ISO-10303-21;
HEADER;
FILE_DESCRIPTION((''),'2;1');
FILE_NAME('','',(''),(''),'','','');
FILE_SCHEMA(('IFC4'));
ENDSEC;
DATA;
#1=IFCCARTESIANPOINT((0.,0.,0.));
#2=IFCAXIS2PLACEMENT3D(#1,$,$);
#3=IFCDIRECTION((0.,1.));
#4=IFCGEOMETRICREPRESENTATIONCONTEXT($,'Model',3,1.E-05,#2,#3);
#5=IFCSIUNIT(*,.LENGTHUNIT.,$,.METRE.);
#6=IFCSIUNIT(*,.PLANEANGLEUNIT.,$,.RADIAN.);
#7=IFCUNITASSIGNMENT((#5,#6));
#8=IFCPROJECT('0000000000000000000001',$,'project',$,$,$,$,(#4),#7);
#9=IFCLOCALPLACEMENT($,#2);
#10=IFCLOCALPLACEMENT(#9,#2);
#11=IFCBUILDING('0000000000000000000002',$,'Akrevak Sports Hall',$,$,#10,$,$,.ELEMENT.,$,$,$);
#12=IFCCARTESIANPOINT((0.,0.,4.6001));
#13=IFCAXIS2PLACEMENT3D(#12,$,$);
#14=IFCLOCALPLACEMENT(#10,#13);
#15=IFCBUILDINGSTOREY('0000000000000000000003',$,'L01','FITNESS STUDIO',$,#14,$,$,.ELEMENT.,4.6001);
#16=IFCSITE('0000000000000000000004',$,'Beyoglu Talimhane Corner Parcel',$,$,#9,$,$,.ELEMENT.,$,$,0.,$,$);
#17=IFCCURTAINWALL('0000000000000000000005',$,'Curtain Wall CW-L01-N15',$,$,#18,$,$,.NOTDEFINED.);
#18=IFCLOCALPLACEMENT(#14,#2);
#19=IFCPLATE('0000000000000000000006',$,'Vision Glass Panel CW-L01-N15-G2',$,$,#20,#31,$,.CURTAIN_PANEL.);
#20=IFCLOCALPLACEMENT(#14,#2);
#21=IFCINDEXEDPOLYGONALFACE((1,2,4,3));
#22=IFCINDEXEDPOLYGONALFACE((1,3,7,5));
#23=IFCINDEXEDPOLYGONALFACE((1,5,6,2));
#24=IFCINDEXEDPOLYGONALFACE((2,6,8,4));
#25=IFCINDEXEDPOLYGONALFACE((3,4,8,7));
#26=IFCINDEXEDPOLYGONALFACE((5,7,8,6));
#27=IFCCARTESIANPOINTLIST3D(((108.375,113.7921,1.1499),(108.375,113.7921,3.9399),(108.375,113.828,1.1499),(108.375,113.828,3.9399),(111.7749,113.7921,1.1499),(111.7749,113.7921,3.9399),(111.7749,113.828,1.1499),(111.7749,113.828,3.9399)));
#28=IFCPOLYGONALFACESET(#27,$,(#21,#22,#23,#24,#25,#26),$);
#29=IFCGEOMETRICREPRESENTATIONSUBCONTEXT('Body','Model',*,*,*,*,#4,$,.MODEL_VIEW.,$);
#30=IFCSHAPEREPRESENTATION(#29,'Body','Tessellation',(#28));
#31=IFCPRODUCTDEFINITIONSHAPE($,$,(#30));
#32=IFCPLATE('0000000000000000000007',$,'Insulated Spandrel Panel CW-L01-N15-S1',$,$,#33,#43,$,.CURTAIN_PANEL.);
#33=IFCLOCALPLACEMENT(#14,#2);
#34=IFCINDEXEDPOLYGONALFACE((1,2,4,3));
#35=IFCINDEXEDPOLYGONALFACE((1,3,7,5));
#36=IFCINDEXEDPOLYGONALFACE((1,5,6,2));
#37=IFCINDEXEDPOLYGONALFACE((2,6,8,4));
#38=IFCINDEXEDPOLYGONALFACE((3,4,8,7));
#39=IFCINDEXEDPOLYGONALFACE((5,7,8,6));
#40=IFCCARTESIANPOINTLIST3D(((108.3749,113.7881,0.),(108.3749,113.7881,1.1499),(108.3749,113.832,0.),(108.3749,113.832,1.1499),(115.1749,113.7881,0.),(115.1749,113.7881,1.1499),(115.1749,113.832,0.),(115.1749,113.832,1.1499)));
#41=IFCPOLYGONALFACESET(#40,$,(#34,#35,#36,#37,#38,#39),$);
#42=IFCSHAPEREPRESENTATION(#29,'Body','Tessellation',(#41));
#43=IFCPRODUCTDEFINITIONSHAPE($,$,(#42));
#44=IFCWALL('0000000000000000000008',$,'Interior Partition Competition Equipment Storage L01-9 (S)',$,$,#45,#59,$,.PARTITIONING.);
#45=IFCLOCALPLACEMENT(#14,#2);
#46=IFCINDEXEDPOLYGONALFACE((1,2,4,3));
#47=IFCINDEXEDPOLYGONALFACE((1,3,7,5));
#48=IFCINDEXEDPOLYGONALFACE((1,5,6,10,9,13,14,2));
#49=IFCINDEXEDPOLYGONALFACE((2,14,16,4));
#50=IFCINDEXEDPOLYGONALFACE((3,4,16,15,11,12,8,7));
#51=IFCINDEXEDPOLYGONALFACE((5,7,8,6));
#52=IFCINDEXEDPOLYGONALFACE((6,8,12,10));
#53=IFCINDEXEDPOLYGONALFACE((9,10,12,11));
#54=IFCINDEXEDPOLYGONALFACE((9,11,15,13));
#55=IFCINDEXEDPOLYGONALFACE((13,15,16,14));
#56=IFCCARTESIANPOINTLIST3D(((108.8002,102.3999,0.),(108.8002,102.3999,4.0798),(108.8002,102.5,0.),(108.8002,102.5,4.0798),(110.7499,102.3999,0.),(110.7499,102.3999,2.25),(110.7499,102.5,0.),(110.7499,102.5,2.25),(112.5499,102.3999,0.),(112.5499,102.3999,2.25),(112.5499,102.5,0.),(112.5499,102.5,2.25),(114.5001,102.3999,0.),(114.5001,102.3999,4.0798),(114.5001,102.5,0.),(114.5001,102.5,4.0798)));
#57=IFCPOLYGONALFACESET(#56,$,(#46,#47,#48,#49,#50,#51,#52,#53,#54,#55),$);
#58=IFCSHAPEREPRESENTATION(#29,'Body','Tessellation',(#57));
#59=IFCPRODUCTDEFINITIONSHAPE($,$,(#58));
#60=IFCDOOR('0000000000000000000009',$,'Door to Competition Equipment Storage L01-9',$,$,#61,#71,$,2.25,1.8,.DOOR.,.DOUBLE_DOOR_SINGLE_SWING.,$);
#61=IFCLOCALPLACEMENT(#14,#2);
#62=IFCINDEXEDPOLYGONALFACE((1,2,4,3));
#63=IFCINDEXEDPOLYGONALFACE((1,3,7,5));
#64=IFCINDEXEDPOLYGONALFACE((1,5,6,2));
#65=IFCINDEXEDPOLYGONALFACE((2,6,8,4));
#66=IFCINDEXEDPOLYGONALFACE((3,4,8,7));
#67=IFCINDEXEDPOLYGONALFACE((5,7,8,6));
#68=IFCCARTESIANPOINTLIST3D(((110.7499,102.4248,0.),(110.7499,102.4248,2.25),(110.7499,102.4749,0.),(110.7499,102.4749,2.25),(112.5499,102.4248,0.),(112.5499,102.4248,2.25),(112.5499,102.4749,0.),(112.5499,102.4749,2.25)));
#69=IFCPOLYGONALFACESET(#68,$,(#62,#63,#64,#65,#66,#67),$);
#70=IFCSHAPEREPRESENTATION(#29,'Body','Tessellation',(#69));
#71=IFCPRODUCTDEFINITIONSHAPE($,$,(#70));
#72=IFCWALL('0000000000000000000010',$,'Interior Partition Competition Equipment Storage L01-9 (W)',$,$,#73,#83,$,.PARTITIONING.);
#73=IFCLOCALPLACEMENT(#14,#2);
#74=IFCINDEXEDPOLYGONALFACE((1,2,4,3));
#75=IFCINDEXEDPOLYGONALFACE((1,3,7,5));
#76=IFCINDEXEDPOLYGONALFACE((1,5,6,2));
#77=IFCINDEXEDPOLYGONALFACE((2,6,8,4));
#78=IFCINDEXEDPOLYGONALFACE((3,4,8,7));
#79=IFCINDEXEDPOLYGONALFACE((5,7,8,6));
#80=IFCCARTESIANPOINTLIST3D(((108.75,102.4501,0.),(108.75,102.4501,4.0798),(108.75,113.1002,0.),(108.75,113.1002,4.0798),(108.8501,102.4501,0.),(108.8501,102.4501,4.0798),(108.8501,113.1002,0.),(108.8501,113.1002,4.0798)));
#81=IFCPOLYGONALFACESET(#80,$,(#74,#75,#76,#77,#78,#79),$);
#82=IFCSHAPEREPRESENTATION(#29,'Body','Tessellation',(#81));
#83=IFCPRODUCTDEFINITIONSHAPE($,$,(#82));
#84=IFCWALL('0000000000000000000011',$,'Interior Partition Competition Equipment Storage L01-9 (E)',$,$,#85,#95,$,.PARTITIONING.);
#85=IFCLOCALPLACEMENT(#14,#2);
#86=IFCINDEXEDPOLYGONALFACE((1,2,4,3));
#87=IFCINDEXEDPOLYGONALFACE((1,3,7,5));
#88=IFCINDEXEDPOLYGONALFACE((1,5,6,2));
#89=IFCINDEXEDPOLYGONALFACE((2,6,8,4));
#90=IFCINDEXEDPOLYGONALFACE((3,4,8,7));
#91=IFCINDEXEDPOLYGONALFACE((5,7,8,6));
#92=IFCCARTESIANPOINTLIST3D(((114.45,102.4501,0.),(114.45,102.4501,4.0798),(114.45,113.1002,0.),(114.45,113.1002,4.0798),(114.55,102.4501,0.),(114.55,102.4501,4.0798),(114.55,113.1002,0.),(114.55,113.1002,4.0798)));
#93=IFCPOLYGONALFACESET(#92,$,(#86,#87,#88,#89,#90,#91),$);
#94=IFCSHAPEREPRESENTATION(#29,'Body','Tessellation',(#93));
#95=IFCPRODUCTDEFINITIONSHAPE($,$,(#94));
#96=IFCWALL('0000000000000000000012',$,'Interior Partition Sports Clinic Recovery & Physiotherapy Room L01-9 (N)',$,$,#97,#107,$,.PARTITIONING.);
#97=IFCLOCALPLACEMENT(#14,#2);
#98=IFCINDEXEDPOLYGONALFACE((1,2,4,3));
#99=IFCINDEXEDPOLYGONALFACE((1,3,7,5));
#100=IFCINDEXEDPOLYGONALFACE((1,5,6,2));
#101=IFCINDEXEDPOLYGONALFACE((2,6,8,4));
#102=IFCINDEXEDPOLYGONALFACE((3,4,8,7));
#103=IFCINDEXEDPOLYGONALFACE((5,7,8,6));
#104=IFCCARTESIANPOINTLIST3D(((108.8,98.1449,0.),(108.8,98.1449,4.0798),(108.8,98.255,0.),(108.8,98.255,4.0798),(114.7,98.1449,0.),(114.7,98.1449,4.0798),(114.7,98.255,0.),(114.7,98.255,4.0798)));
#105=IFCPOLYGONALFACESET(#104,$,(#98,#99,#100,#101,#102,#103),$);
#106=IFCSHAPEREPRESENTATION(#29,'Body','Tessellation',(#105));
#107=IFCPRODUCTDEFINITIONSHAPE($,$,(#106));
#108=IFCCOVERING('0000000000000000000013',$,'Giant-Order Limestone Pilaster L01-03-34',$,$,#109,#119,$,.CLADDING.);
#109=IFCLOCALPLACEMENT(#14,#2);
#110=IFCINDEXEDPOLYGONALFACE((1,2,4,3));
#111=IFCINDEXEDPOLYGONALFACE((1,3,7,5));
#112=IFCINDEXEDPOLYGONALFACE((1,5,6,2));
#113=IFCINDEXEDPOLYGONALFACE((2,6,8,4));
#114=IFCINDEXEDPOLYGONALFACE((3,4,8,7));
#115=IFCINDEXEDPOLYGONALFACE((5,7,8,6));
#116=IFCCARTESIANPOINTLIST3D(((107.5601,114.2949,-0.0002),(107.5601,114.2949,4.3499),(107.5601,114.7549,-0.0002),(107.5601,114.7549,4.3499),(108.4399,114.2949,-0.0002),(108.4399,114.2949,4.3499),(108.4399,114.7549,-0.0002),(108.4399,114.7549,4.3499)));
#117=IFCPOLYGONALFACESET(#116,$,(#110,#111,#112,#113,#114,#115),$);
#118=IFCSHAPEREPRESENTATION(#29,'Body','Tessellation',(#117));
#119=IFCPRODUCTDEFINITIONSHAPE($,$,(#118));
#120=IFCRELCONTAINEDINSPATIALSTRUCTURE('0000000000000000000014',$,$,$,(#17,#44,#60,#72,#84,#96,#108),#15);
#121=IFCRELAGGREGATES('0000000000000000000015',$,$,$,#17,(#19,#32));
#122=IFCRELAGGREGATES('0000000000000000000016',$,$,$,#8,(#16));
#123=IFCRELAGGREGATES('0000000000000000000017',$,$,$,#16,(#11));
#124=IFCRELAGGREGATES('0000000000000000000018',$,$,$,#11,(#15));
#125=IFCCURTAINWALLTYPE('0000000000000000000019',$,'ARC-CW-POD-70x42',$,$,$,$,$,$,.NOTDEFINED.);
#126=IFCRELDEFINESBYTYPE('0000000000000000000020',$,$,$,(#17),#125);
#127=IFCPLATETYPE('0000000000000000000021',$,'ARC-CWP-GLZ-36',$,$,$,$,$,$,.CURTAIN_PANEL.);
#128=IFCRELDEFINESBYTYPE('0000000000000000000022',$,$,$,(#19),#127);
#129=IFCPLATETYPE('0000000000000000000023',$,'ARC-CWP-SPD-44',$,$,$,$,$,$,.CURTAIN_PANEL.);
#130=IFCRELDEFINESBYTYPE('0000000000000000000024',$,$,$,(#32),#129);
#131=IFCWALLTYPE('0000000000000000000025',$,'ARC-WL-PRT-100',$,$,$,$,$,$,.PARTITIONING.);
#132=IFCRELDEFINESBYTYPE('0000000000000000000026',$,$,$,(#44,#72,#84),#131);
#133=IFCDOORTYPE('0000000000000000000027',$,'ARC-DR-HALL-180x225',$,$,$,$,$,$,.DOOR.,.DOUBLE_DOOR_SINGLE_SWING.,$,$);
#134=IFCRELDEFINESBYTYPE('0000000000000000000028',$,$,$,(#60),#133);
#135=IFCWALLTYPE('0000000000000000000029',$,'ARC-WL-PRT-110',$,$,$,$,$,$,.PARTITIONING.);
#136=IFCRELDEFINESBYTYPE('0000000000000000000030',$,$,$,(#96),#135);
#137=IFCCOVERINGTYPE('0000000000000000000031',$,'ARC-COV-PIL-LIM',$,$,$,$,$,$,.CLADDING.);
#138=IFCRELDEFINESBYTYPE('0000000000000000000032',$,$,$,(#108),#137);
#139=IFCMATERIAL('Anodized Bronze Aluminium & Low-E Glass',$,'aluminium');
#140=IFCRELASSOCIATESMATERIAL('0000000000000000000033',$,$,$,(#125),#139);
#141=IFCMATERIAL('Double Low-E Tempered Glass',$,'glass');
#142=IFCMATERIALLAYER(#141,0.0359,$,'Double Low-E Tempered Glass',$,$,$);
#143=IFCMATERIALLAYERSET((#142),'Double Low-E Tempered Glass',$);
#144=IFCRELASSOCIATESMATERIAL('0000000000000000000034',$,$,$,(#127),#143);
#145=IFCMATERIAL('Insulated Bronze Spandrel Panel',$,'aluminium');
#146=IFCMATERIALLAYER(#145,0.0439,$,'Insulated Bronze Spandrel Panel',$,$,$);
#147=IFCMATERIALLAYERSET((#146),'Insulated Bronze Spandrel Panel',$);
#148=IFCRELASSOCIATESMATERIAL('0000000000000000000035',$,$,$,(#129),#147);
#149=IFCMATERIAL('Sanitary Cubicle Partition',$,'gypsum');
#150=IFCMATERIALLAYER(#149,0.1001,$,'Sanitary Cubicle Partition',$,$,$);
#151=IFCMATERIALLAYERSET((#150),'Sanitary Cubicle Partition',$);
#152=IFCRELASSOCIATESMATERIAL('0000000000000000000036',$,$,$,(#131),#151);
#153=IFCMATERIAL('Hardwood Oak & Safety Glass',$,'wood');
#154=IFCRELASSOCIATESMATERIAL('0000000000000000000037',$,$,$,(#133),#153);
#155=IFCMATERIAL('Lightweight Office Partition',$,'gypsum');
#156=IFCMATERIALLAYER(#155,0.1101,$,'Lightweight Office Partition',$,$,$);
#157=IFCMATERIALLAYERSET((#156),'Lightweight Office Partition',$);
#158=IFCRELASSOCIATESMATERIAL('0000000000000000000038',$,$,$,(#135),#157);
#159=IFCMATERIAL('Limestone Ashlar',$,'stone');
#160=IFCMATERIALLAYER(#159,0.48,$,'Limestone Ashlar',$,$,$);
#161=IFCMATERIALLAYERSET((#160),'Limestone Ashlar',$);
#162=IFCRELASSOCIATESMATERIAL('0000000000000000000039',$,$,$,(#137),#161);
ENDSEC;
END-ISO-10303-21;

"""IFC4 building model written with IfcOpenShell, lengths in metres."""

from ifc_helpers import new_model, si_unit, direction, frame, frame_2d, origin, origin_2d, place, context, subcontext, project, spatial, rectangle, extrude, material, layer, layer_set, type_object, element, fill, aggregate, save


model = new_model("IFC4")

# Units and contexts
model_context = context("Model", 3, precision=1e-05, world=origin(), true_north=direction((0.0, 1.0)))
body_context = subcontext(model_context, "Body", "Model", "MODEL_VIEW")
ifc_project = project(units=[si_unit("LENGTHUNIT", "METRE"), si_unit("PLANEANGLEUNIT", "RADIAN")], contexts=[model_context])

# Site, building, storey
site_placement = place(None, origin())
site = spatial("IfcSite", under=ifc_project, at=site_placement, Name="Beyoglu Talimhane Corner Parcel", CompositionType="ELEMENT", RefElevation=0.0)
building_placement = place(site_placement, origin())
building = spatial("IfcBuilding", under=site, at=building_placement, Name="Akrevak Sports Hall", CompositionType="ELEMENT")
storey_placement = place(building_placement, frame((0.0, 0.0, 4.6001)))
storey = spatial("IfcBuildingStorey", under=building, at=storey_placement, Name="L01", Description="FITNESS STUDIO", CompositionType="ELEMENT", Elevation=4.6001)

# Curtain wall
ifc_material_1 = material(Name="Anodized Bronze Aluminium & Low-E Glass", Category="aluminium")
curtain_wall_type = type_object("IfcCurtainWallType", Name="ARC-CW-POD-70x42", PredefinedType="NOTDEFINED", material=ifc_material_1)
curtain_wall_placement = place(storey_placement, origin())
curtain_wall = element("IfcCurtainWall", 1, at=curtain_wall_placement, inside=storey, type_object=curtain_wall_type, Name="Curtain Wall CW-L01-N15", PredefinedType="NOTDEFINED")

# Plates
ifc_material_2 = material(Name="Double Low-E Tempered Glass", Category="glass")
ifc_layer_1 = layer(ifc_material_2, 0.0359, Name="Double Low-E Tempered Glass")
ifc_layer_set_1 = layer_set([ifc_layer_1], Name="Double Low-E Tempered Glass")
plate_type_1 = type_object("IfcPlateType", Name="ARC-CWP-GLZ-36", PredefinedType="CURTAIN_PANEL", material=ifc_layer_set_1)
plate_1_placement = place(storey_placement, frame((110.075, 113.8101, 1.1499), z_axis=(0.0, 0.0, 1.0), x_axis=(-1.0, 0.0, 0.0)))
plate_1 = element("IfcPlate", 2, at=plate_1_placement, type_object=plate_type_1, Name="Vision Glass Panel CW-L01-N15-G2", PredefinedType="CURTAIN_PANEL", context=body_context, shape_type="SweptSolid", body=[
    extrude(rectangle(XDim=3.3999, YDim=0.0359, at=origin_2d()), origin(), (0.0, 0.0, 1.0), 2.79),
])
ifc_material_3 = material(Name="Insulated Bronze Spandrel Panel", Category="aluminium")
ifc_layer_2 = layer(ifc_material_3, 0.0439, Name="Insulated Bronze Spandrel Panel")
ifc_layer_set_2 = layer_set([ifc_layer_2], Name="Insulated Bronze Spandrel Panel")
plate_type_2 = type_object("IfcPlateType", Name="ARC-CWP-SPD-44", PredefinedType="CURTAIN_PANEL", material=ifc_layer_set_2)
plate_2_placement = place(storey_placement, frame((111.7749, 113.8101, 0.0), z_axis=(0.0, 0.0, 1.0), x_axis=(-1.0, 0.0, 0.0)))
plate_2 = element("IfcPlate", 3, at=plate_2_placement, type_object=plate_type_2, Name="Insulated Spandrel Panel CW-L01-N15-S1", PredefinedType="CURTAIN_PANEL", context=body_context, shape_type="SweptSolid", body=[
    extrude(rectangle(XDim=6.8, YDim=0.0439, at=origin_2d()), origin(), (0.0, 0.0, 1.0), 1.1499),
])
aggregate(curtain_wall, [plate_1, plate_2])

# Wall, opening, door
ifc_material_4 = material(Name="Sanitary Cubicle Partition", Category="gypsum")
ifc_layer_3 = layer(ifc_material_4, 0.1001, Name="Sanitary Cubicle Partition")
ifc_layer_set_3 = layer_set([ifc_layer_3], Name="Sanitary Cubicle Partition")
wall_type_1 = type_object("IfcWallType", Name="ARC-WL-PRT-100", PredefinedType="PARTITIONING", material=ifc_layer_set_3)
wall_1_placement = place(storey_placement, frame((108.8, 102.45, 0.0), z_axis=(0.0, 0.0, 1.0), x_axis=(1.0, 0.0, 0.0)))
wall_1 = element("IfcWall", 4, at=wall_1_placement, inside=storey, type_object=wall_type_1, Name="Interior Partition Competition Equipment Storage L01-9 (S)", PredefinedType="PARTITIONING", context=body_context, shape_type="SweptSolid", body=[
    extrude(rectangle(XDim=5.7, YDim=0.1001, at=frame_2d((2.8501, 0.0))), origin(), (0.0, 0.0, 1.0), 4.0798),
])
opening_placement = place(wall_1_placement, frame((1.95, 0.0, 0.0)))
opening = element("IfcOpeningElement", 5, at=opening_placement, cuts=wall_1, PredefinedType="OPENING", context=body_context, shape_type="SweptSolid", body=[
    extrude(rectangle(XDim=1.8, YDim=2.25, at=frame_2d((0.8999, 1.125))), frame((0.0, 0.062, 0.0), z_axis=(0.0, -1.0, 0.0), x_axis=(1.0, 0.0, 0.0)), (0.0, 0.0, 1.0), 0.124),
])
ifc_material_5 = material(Name="Hardwood Oak & Safety Glass", Category="wood")
door_type = type_object("IfcDoorType", Name="ARC-DR-HALL-180x225", OperationType="DOUBLE_DOOR_SINGLE_SWING", PredefinedType="DOOR", material=ifc_material_5)
door_placement = place(opening_placement, origin())
door = element("IfcDoor", 6, at=door_placement, inside=storey, type_object=door_type, Name="Door to Competition Equipment Storage L01-9", OperationType="DOUBLE_DOOR_SINGLE_SWING", OverallHeight=2.25, OverallWidth=1.8, PredefinedType="DOOR", context=body_context, shape_type="SweptSolid", body=[
    extrude(rectangle(XDim=1.8, YDim=2.25, at=frame_2d((0.8999, 1.125))), frame((0.0, 0.0249, 0.0), z_axis=(0.0, -1.0, 0.0), x_axis=(1.0, 0.0, 0.0)), (0.0, 0.0, 1.0), 0.05),
])
fill(opening, door)

# Walls
for number, where, z_axis, x_axis, name in (
    (7, (108.8, 102.45, 0.0), (0.0, 0.0, 1.0), (0.0, 1.0, 0.0), "Interior Partition Competition Equipment Storage L01-9 (W)"),
    (8, (114.5, 102.45, 0.0), (0.0, 0.0, 1.0), (0.0, 1.0, 0.0), "Interior Partition Competition Equipment Storage L01-9 (E)"),
):
    element("IfcWall", number, at=place(storey_placement, frame(where, z_axis=z_axis, x_axis=x_axis)), inside=storey, type_object=wall_type_1, Name=name, PredefinedType="PARTITIONING", context=body_context, shape_type="SweptSolid", body=[
        extrude(rectangle(XDim=10.6501, YDim=0.1001, at=frame_2d((5.3252, 0.0))), origin(), (0.0, 0.0, 1.0), 4.0798),
    ])
ifc_material_6 = material(Name="Lightweight Office Partition", Category="gypsum")
ifc_layer_4 = layer(ifc_material_6, 0.1101, Name="Lightweight Office Partition")
ifc_layer_set_4 = layer_set([ifc_layer_4], Name="Lightweight Office Partition")
wall_type_2 = type_object("IfcWallType", Name="ARC-WL-PRT-110", PredefinedType="PARTITIONING", material=ifc_layer_set_4)
wall_2_placement = place(storey_placement, frame((108.8, 98.2, 0.0), z_axis=(0.0, 0.0, 1.0), x_axis=(1.0, 0.0, 0.0)))
element("IfcWall", 9, at=wall_2_placement, inside=storey, type_object=wall_type_2, Name="Interior Partition Sports Clinic Recovery & Physiotherapy Room L01-9 (N)", PredefinedType="PARTITIONING", context=body_context, shape_type="SweptSolid", body=[
    extrude(rectangle(XDim=5.8999, YDim=0.1101, at=frame_2d((2.95, 0.0))), origin(), (0.0, 0.0, 1.0), 4.0798),
])

# Covering
ifc_material_7 = material(Name="Limestone Ashlar", Category="stone")
ifc_layer_5 = layer(ifc_material_7, 0.48, Name="Limestone Ashlar")
ifc_layer_set_5 = layer_set([ifc_layer_5], Name="Limestone Ashlar")
covering_type = type_object("IfcCoveringType", Name="ARC-COV-PIL-LIM", PredefinedType="CLADDING", material=ifc_layer_set_5)
covering_placement = place(storey_placement, frame((108.0, 114.5249, -0.0002), z_axis=(0.0, 0.0, 1.0), x_axis=(-1.0, 0.0, 0.0)))
element("IfcCovering", 10, at=covering_placement, inside=storey, type_object=covering_type, Name="Giant-Order Limestone Pilaster L01-03-34", PredefinedType="CLADDING", context=body_context, shape_type="SweptSolid", body=[
    extrude(rectangle(XDim=0.8799, YDim=0.46, at=origin_2d()), origin(), (0.0, 0.0, 1.0), 4.3501),
])

save(model, "model.ifc")
